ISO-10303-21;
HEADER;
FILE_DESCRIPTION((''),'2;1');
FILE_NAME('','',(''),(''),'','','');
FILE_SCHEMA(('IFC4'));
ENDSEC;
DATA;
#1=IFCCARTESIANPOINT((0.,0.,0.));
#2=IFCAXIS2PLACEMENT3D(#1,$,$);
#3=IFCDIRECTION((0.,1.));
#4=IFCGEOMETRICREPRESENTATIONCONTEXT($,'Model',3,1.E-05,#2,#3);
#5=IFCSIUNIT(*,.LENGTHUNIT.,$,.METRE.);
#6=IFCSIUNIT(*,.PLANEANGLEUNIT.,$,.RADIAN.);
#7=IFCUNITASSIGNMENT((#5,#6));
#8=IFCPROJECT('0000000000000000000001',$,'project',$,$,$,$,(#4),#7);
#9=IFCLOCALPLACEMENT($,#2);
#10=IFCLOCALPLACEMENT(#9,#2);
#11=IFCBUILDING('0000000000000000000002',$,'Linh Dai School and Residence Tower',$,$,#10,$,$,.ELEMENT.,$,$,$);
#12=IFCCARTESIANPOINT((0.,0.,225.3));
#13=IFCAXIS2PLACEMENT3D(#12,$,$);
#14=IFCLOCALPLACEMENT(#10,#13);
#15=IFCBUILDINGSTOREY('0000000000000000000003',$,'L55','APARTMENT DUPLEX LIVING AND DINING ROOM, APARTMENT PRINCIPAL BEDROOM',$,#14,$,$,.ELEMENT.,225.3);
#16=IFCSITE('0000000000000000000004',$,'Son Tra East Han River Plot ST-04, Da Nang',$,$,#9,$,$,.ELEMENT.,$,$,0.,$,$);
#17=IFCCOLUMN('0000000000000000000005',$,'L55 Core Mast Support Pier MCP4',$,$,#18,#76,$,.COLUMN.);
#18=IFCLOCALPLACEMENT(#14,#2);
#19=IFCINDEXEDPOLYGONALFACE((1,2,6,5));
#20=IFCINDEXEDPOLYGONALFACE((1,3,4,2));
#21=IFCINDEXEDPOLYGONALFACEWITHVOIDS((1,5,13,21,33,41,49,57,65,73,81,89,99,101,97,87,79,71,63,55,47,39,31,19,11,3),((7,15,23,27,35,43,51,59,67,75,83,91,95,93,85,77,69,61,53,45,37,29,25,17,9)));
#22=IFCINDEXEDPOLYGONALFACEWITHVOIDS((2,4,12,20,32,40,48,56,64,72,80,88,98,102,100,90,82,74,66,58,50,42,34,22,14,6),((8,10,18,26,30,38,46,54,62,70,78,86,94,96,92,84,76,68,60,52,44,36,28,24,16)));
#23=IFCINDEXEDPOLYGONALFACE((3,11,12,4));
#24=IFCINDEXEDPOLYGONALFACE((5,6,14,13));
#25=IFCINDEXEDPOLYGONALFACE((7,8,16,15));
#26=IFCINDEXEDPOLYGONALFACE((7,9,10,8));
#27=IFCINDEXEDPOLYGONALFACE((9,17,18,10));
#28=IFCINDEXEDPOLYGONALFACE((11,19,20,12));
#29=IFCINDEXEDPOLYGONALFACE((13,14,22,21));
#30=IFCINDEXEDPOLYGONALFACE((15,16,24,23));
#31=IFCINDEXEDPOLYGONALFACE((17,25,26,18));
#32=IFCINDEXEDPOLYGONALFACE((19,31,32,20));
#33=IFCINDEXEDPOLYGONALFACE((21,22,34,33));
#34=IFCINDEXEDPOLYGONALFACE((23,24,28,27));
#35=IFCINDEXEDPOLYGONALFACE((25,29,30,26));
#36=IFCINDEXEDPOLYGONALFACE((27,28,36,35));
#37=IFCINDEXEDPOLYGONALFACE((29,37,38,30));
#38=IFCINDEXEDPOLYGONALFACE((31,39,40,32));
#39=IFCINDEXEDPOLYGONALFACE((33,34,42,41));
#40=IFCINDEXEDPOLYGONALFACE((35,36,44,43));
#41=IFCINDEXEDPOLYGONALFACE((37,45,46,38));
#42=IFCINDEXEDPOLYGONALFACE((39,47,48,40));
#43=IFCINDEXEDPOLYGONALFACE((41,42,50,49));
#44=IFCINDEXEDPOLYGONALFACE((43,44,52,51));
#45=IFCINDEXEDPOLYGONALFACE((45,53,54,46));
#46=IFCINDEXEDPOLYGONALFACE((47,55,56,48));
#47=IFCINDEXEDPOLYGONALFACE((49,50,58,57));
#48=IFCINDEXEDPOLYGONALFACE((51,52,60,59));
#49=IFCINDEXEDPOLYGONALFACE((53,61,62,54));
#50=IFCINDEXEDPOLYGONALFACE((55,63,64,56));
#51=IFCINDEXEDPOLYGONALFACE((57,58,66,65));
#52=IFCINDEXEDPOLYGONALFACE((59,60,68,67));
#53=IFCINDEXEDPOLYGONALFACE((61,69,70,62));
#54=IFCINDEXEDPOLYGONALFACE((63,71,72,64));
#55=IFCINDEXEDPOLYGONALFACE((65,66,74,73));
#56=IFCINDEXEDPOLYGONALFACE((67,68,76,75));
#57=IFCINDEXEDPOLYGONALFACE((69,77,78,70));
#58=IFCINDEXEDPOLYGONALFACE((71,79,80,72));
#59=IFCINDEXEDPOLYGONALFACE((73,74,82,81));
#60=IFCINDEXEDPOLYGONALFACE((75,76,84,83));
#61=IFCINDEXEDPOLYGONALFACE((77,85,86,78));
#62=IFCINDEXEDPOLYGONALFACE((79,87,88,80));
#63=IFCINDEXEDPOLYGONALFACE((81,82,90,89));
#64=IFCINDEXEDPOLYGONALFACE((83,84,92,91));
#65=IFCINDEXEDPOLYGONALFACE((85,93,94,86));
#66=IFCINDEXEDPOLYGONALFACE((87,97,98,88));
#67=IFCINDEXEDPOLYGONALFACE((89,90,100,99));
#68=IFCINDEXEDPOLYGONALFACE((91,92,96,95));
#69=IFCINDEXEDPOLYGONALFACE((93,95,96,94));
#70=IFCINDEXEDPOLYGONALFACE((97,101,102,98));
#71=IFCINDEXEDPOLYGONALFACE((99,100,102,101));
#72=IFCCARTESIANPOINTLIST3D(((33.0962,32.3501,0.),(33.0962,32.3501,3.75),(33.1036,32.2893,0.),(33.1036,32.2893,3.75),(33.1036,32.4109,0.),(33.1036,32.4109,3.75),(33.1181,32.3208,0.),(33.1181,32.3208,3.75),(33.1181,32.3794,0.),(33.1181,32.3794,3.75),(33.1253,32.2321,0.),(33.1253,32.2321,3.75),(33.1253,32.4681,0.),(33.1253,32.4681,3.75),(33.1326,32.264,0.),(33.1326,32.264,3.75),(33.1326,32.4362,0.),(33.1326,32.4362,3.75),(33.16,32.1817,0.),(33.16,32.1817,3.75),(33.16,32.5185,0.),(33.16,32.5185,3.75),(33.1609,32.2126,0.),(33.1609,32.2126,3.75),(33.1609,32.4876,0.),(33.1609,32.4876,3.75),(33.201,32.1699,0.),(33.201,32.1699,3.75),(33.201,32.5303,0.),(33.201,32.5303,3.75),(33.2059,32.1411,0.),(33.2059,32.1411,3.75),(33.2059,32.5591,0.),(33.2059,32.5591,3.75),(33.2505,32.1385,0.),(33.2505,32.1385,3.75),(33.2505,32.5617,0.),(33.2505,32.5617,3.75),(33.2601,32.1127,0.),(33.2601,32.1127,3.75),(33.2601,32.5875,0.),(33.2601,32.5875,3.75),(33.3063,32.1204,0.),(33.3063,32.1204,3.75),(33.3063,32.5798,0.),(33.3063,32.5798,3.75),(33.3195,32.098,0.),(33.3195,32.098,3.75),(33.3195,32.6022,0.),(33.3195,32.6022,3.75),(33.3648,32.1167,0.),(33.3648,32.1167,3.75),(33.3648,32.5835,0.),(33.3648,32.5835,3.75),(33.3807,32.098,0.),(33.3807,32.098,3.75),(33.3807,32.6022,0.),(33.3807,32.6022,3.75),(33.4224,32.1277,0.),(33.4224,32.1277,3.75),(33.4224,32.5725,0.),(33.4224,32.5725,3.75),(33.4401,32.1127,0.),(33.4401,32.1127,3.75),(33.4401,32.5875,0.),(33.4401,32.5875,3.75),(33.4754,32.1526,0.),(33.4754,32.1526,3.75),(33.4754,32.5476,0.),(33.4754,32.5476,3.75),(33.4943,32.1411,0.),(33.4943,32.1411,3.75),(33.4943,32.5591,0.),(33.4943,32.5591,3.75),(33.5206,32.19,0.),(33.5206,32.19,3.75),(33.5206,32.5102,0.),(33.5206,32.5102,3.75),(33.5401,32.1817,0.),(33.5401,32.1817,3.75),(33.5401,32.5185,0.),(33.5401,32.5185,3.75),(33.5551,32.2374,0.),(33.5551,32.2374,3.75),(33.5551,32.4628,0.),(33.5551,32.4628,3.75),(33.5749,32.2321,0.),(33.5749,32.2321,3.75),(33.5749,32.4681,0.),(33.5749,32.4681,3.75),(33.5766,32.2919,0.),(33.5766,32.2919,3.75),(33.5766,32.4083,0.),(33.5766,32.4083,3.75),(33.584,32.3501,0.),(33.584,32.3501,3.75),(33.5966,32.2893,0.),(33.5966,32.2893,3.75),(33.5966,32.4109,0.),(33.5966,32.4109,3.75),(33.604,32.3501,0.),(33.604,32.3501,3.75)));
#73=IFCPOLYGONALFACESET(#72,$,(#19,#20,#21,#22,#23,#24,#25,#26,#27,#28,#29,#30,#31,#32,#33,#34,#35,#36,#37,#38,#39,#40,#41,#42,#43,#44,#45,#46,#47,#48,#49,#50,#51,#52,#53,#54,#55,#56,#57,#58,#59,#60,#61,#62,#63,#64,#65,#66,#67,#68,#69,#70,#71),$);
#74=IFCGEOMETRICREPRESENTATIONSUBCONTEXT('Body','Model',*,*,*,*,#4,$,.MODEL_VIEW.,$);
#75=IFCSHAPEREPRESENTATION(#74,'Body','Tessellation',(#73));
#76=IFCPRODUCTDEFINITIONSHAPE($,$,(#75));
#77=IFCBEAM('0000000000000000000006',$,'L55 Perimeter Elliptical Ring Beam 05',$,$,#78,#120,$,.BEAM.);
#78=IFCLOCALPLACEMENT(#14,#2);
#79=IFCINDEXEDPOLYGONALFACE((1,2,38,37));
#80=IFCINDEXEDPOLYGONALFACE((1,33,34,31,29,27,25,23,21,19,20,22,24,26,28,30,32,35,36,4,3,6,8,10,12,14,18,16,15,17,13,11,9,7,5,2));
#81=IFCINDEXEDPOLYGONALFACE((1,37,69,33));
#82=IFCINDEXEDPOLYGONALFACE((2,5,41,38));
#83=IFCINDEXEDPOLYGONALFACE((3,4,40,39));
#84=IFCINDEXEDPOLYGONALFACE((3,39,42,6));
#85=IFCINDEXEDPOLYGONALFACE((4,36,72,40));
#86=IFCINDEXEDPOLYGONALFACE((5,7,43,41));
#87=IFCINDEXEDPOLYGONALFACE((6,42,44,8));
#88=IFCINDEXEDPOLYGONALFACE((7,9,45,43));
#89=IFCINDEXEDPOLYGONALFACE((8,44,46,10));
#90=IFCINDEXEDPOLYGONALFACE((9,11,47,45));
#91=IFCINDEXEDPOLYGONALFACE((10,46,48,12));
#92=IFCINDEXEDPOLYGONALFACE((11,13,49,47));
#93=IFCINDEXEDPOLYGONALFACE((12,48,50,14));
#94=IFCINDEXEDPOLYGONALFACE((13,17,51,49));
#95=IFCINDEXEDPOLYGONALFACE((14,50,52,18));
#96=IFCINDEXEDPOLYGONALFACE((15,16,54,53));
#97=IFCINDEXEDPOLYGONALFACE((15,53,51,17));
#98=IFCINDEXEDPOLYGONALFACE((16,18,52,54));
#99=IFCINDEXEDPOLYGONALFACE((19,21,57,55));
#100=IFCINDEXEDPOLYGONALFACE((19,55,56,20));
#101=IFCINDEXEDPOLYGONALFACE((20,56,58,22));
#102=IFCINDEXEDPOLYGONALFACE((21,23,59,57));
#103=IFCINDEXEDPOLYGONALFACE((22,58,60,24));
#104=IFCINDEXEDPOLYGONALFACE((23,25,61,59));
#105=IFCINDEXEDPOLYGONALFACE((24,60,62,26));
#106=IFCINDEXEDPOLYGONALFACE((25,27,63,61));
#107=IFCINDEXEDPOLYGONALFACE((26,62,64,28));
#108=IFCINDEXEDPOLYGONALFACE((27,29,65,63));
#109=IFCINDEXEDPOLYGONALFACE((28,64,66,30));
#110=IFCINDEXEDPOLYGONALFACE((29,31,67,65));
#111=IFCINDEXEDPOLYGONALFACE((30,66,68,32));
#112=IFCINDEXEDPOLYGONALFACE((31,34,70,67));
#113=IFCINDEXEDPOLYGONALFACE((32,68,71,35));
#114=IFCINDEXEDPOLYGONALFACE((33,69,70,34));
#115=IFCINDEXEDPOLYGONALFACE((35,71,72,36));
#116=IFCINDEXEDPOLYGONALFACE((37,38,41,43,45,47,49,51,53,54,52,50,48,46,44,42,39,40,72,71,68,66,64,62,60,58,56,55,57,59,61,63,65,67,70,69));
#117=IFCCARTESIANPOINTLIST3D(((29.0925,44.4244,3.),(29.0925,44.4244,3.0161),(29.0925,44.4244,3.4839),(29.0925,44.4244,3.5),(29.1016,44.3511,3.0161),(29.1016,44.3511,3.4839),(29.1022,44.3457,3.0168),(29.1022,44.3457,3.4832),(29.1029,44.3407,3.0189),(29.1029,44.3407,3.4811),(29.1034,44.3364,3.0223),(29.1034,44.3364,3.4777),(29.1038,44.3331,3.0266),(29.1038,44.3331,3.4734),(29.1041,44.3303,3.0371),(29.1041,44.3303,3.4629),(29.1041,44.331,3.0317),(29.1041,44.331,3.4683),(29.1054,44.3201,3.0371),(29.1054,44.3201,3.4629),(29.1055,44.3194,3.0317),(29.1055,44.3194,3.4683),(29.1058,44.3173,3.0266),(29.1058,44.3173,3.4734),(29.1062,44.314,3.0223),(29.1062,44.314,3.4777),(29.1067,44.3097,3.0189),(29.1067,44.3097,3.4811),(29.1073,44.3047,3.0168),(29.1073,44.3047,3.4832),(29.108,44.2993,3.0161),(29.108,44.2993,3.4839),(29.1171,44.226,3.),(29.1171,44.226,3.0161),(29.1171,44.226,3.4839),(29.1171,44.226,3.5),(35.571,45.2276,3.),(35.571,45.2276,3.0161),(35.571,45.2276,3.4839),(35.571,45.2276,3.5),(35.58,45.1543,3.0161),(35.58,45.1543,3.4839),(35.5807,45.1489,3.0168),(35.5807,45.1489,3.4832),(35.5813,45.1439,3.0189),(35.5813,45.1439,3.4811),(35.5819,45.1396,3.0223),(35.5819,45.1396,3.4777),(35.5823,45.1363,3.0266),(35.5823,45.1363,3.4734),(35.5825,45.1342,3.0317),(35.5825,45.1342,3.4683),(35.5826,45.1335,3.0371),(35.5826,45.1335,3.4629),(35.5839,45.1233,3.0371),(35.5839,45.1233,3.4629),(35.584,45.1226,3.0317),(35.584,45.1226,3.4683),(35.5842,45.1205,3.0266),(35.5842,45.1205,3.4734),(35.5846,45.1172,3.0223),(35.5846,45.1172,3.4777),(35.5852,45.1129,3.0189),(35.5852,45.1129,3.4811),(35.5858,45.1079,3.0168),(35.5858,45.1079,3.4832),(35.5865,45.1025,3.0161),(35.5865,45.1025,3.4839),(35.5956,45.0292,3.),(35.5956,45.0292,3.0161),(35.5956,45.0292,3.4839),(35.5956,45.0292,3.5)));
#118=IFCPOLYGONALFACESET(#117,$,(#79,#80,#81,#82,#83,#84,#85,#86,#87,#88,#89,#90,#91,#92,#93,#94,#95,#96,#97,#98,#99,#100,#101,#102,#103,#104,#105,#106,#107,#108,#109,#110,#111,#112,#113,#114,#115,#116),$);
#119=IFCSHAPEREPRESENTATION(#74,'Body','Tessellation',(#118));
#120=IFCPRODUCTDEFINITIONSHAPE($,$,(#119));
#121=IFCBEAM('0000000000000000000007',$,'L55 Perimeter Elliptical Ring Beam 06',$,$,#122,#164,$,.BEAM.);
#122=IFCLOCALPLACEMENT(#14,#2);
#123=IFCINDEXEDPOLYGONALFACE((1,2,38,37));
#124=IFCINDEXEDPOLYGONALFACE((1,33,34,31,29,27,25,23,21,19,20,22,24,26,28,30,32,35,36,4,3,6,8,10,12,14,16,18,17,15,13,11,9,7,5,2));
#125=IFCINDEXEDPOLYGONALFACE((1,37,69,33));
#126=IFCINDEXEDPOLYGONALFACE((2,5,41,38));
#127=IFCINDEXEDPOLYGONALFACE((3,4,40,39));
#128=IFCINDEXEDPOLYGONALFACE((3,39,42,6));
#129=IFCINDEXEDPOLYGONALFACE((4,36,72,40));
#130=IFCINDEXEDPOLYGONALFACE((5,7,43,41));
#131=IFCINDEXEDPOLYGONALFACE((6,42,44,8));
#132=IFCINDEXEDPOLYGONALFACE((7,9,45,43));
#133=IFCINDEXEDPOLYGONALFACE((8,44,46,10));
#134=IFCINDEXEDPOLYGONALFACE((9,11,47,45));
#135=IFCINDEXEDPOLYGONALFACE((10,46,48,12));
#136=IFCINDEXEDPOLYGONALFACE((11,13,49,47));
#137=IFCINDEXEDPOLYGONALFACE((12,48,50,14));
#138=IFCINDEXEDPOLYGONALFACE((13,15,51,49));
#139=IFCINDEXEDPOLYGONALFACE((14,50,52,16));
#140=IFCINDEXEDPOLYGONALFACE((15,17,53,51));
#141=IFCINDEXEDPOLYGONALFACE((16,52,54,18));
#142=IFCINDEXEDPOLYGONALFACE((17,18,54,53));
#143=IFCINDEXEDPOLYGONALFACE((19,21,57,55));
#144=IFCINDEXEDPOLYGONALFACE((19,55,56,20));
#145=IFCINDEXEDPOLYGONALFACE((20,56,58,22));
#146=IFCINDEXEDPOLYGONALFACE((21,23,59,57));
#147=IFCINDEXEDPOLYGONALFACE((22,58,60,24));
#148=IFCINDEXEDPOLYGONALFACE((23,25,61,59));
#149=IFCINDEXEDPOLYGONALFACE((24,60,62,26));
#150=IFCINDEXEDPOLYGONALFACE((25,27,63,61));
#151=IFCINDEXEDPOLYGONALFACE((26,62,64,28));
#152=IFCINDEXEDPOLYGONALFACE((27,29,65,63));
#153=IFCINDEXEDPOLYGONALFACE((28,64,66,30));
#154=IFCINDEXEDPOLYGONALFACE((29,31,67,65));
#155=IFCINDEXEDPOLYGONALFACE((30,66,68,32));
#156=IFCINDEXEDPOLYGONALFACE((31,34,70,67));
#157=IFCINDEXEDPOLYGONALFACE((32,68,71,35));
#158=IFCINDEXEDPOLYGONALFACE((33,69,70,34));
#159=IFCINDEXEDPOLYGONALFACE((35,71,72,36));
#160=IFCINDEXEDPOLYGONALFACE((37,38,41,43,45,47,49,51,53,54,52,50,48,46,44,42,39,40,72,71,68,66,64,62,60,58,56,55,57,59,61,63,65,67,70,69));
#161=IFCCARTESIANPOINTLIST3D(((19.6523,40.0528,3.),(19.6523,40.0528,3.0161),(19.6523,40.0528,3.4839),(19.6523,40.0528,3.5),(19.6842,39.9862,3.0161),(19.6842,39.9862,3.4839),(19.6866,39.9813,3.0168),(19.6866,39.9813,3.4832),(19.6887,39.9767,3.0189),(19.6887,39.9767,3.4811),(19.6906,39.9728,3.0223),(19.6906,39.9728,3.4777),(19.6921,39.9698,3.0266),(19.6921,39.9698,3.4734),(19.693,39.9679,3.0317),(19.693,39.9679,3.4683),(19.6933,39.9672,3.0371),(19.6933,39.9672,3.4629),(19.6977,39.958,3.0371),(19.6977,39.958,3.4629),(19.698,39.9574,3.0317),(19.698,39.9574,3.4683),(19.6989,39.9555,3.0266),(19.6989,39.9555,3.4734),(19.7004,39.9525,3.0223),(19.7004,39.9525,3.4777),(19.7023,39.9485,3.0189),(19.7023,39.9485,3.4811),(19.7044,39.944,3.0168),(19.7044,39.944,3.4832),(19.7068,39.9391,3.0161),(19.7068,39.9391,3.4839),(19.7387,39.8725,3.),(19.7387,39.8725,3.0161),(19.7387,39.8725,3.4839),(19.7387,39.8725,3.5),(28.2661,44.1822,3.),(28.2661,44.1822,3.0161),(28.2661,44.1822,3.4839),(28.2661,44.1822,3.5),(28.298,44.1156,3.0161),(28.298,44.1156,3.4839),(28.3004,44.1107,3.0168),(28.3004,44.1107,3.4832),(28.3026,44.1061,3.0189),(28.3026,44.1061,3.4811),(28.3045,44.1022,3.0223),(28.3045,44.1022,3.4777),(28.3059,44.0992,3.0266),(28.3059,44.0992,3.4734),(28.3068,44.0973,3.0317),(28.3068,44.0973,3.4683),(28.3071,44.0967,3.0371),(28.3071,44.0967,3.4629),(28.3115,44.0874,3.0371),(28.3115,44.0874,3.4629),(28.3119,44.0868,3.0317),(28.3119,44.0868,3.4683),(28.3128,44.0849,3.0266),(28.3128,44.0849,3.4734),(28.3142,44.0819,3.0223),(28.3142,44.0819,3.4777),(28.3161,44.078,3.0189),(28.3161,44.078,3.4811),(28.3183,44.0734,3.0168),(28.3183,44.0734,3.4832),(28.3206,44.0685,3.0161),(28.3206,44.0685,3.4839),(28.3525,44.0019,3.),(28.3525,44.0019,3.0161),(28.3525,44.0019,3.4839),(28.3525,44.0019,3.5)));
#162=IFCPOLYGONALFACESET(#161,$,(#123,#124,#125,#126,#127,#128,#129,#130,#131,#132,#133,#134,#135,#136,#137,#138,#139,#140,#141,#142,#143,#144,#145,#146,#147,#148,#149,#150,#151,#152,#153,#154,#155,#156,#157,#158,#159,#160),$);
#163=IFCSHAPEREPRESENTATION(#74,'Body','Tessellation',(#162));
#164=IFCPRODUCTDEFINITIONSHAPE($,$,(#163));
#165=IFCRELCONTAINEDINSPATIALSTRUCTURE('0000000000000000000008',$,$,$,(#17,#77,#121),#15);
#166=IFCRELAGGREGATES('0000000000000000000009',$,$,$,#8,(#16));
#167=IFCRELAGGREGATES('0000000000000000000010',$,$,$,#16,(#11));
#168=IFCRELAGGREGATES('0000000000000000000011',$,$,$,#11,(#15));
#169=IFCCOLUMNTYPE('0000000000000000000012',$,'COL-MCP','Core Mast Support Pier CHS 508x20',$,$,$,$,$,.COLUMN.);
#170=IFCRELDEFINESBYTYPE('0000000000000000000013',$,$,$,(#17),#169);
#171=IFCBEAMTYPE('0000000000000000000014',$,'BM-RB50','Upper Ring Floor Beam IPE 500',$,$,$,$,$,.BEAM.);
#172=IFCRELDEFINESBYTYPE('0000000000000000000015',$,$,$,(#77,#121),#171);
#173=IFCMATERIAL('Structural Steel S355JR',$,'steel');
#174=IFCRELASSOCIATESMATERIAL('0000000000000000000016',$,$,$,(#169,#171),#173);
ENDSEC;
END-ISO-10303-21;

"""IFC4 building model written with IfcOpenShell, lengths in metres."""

from ifc_helpers import new_model, si_unit, direction, frame, origin, origin_2d, place, context, subcontext, project, spatial, hollow_circle, i_section, extrude, material, material_profile, profile_set, type_object, element, save


model = new_model("IFC4")

# Units and contexts
model_context = context("Model", 3, precision=1e-05, world=origin(), true_north=direction((0.0, 1.0)))
body_context = subcontext(model_context, "Body", "Model", "MODEL_VIEW")
ifc_project = project(units=[si_unit("LENGTHUNIT", "METRE"), si_unit("PLANEANGLEUNIT", "RADIAN")], contexts=[model_context])

# Site, building, storey
site_placement = place(None, origin())
site = spatial("IfcSite", under=ifc_project, at=site_placement, Name="Son Tra East Han River Plot ST-04, Da Nang", CompositionType="ELEMENT", RefElevation=0.0)
building_placement = place(site_placement, origin())
building = spatial("IfcBuilding", under=site, at=building_placement, Name="Linh Dai School and Residence Tower", CompositionType="ELEMENT")
storey_placement = place(building_placement, frame((0.0, 0.0, 225.3)))
storey = spatial("IfcBuildingStorey", under=building, at=storey_placement, Name="L55", Description="APARTMENT DUPLEX LIVING AND DINING ROOM, APARTMENT PRINCIPAL BEDROOM", CompositionType="ELEMENT", Elevation=225.3)

# Column
ifc_material_1 = material(Name="Structural Steel S355JR", Category="steel")
ifc_material_profile_1 = material_profile(ifc_material_1, hollow_circle(Radius=0.2539, WallThickness=0.02, at=origin_2d()), Name="CHS 508x20")
ifc_profile_set_1 = profile_set([ifc_material_profile_1], Name="Structural Steel S355JR")
column_type_1 = type_object("IfcColumnType", Name="COL-MCP", Description="Core Mast Support Pier CHS 508x20", PredefinedType="COLUMN", material=ifc_profile_set_1)
column_1_placement = place(storey_placement, frame((33.3501, 32.3501, 0.0), z_axis=(0.0, 0.0, 1.0), x_axis=(1.0, 0.0, 0.0)))
element("IfcColumn", 1, at=column_1_placement, inside=storey, type_object=column_type_1, Name="L55 Core Mast Support Pier MCP4", PredefinedType="COLUMN", context=body_context, shape_type="SweptSolid", body=[
    extrude(hollow_circle(Radius=0.2539, WallThickness=0.02, at=origin_2d()), origin(), (0.0, 0.0, 1.0), 3.75),
])

# Beams
ifc_material_profile_2 = material_profile(ifc_material_1, i_section(OverallWidth=0.2, OverallDepth=0.5, WebThickness=0.0103, FlangeThickness=0.0161, FilletRadius=0.021, at=origin_2d()), Name="IPE 500")
ifc_profile_set_2 = profile_set([ifc_material_profile_2], Name="Structural Steel S355JR")
beam_type_1 = type_object("IfcBeamType", Name="BM-RB50", Description="Upper Ring Floor Beam IPE 500", PredefinedType="BEAM", material=ifc_profile_set_2)
beam_1_placement = place(storey_placement, frame((35.5833, 45.1284, 3.25), z_axis=(-0.992402, -0.12304, 0.0), x_axis=(0.12304, -0.992402, 0.0)))
element("IfcBeam", 2, at=beam_1_placement, inside=storey, type_object=beam_type_1, Name="L55 Perimeter Elliptical Ring Beam 05", PredefinedType="BEAM", context=body_context, shape_type="SweptSolid", body=[
    extrude(i_section(OverallWidth=0.2, OverallDepth=0.5, WebThickness=0.0103, FlangeThickness=0.0161, FilletRadius=0.021, at=origin_2d()), origin(), (0.0, 0.0, 1.0), 6.5281),
])
beam_2_placement = place(storey_placement, frame((28.3093, 44.092, 3.25), z_axis=(-0.901736, -0.432287, 0.0), x_axis=(0.432287, -0.901736, 0.0)))
element("IfcBeam", 3, at=beam_2_placement, inside=storey, type_object=beam_type_1, Name="L55 Perimeter Elliptical Ring Beam 06", PredefinedType="BEAM", context=body_context, shape_type="SweptSolid", body=[
    extrude(i_section(OverallWidth=0.2, OverallDepth=0.5, WebThickness=0.0103, FlangeThickness=0.0161, FilletRadius=0.021, at=origin_2d()), origin(), (0.0, 0.0, 1.0), 9.5525),
])

save(model, "model.ifc")
